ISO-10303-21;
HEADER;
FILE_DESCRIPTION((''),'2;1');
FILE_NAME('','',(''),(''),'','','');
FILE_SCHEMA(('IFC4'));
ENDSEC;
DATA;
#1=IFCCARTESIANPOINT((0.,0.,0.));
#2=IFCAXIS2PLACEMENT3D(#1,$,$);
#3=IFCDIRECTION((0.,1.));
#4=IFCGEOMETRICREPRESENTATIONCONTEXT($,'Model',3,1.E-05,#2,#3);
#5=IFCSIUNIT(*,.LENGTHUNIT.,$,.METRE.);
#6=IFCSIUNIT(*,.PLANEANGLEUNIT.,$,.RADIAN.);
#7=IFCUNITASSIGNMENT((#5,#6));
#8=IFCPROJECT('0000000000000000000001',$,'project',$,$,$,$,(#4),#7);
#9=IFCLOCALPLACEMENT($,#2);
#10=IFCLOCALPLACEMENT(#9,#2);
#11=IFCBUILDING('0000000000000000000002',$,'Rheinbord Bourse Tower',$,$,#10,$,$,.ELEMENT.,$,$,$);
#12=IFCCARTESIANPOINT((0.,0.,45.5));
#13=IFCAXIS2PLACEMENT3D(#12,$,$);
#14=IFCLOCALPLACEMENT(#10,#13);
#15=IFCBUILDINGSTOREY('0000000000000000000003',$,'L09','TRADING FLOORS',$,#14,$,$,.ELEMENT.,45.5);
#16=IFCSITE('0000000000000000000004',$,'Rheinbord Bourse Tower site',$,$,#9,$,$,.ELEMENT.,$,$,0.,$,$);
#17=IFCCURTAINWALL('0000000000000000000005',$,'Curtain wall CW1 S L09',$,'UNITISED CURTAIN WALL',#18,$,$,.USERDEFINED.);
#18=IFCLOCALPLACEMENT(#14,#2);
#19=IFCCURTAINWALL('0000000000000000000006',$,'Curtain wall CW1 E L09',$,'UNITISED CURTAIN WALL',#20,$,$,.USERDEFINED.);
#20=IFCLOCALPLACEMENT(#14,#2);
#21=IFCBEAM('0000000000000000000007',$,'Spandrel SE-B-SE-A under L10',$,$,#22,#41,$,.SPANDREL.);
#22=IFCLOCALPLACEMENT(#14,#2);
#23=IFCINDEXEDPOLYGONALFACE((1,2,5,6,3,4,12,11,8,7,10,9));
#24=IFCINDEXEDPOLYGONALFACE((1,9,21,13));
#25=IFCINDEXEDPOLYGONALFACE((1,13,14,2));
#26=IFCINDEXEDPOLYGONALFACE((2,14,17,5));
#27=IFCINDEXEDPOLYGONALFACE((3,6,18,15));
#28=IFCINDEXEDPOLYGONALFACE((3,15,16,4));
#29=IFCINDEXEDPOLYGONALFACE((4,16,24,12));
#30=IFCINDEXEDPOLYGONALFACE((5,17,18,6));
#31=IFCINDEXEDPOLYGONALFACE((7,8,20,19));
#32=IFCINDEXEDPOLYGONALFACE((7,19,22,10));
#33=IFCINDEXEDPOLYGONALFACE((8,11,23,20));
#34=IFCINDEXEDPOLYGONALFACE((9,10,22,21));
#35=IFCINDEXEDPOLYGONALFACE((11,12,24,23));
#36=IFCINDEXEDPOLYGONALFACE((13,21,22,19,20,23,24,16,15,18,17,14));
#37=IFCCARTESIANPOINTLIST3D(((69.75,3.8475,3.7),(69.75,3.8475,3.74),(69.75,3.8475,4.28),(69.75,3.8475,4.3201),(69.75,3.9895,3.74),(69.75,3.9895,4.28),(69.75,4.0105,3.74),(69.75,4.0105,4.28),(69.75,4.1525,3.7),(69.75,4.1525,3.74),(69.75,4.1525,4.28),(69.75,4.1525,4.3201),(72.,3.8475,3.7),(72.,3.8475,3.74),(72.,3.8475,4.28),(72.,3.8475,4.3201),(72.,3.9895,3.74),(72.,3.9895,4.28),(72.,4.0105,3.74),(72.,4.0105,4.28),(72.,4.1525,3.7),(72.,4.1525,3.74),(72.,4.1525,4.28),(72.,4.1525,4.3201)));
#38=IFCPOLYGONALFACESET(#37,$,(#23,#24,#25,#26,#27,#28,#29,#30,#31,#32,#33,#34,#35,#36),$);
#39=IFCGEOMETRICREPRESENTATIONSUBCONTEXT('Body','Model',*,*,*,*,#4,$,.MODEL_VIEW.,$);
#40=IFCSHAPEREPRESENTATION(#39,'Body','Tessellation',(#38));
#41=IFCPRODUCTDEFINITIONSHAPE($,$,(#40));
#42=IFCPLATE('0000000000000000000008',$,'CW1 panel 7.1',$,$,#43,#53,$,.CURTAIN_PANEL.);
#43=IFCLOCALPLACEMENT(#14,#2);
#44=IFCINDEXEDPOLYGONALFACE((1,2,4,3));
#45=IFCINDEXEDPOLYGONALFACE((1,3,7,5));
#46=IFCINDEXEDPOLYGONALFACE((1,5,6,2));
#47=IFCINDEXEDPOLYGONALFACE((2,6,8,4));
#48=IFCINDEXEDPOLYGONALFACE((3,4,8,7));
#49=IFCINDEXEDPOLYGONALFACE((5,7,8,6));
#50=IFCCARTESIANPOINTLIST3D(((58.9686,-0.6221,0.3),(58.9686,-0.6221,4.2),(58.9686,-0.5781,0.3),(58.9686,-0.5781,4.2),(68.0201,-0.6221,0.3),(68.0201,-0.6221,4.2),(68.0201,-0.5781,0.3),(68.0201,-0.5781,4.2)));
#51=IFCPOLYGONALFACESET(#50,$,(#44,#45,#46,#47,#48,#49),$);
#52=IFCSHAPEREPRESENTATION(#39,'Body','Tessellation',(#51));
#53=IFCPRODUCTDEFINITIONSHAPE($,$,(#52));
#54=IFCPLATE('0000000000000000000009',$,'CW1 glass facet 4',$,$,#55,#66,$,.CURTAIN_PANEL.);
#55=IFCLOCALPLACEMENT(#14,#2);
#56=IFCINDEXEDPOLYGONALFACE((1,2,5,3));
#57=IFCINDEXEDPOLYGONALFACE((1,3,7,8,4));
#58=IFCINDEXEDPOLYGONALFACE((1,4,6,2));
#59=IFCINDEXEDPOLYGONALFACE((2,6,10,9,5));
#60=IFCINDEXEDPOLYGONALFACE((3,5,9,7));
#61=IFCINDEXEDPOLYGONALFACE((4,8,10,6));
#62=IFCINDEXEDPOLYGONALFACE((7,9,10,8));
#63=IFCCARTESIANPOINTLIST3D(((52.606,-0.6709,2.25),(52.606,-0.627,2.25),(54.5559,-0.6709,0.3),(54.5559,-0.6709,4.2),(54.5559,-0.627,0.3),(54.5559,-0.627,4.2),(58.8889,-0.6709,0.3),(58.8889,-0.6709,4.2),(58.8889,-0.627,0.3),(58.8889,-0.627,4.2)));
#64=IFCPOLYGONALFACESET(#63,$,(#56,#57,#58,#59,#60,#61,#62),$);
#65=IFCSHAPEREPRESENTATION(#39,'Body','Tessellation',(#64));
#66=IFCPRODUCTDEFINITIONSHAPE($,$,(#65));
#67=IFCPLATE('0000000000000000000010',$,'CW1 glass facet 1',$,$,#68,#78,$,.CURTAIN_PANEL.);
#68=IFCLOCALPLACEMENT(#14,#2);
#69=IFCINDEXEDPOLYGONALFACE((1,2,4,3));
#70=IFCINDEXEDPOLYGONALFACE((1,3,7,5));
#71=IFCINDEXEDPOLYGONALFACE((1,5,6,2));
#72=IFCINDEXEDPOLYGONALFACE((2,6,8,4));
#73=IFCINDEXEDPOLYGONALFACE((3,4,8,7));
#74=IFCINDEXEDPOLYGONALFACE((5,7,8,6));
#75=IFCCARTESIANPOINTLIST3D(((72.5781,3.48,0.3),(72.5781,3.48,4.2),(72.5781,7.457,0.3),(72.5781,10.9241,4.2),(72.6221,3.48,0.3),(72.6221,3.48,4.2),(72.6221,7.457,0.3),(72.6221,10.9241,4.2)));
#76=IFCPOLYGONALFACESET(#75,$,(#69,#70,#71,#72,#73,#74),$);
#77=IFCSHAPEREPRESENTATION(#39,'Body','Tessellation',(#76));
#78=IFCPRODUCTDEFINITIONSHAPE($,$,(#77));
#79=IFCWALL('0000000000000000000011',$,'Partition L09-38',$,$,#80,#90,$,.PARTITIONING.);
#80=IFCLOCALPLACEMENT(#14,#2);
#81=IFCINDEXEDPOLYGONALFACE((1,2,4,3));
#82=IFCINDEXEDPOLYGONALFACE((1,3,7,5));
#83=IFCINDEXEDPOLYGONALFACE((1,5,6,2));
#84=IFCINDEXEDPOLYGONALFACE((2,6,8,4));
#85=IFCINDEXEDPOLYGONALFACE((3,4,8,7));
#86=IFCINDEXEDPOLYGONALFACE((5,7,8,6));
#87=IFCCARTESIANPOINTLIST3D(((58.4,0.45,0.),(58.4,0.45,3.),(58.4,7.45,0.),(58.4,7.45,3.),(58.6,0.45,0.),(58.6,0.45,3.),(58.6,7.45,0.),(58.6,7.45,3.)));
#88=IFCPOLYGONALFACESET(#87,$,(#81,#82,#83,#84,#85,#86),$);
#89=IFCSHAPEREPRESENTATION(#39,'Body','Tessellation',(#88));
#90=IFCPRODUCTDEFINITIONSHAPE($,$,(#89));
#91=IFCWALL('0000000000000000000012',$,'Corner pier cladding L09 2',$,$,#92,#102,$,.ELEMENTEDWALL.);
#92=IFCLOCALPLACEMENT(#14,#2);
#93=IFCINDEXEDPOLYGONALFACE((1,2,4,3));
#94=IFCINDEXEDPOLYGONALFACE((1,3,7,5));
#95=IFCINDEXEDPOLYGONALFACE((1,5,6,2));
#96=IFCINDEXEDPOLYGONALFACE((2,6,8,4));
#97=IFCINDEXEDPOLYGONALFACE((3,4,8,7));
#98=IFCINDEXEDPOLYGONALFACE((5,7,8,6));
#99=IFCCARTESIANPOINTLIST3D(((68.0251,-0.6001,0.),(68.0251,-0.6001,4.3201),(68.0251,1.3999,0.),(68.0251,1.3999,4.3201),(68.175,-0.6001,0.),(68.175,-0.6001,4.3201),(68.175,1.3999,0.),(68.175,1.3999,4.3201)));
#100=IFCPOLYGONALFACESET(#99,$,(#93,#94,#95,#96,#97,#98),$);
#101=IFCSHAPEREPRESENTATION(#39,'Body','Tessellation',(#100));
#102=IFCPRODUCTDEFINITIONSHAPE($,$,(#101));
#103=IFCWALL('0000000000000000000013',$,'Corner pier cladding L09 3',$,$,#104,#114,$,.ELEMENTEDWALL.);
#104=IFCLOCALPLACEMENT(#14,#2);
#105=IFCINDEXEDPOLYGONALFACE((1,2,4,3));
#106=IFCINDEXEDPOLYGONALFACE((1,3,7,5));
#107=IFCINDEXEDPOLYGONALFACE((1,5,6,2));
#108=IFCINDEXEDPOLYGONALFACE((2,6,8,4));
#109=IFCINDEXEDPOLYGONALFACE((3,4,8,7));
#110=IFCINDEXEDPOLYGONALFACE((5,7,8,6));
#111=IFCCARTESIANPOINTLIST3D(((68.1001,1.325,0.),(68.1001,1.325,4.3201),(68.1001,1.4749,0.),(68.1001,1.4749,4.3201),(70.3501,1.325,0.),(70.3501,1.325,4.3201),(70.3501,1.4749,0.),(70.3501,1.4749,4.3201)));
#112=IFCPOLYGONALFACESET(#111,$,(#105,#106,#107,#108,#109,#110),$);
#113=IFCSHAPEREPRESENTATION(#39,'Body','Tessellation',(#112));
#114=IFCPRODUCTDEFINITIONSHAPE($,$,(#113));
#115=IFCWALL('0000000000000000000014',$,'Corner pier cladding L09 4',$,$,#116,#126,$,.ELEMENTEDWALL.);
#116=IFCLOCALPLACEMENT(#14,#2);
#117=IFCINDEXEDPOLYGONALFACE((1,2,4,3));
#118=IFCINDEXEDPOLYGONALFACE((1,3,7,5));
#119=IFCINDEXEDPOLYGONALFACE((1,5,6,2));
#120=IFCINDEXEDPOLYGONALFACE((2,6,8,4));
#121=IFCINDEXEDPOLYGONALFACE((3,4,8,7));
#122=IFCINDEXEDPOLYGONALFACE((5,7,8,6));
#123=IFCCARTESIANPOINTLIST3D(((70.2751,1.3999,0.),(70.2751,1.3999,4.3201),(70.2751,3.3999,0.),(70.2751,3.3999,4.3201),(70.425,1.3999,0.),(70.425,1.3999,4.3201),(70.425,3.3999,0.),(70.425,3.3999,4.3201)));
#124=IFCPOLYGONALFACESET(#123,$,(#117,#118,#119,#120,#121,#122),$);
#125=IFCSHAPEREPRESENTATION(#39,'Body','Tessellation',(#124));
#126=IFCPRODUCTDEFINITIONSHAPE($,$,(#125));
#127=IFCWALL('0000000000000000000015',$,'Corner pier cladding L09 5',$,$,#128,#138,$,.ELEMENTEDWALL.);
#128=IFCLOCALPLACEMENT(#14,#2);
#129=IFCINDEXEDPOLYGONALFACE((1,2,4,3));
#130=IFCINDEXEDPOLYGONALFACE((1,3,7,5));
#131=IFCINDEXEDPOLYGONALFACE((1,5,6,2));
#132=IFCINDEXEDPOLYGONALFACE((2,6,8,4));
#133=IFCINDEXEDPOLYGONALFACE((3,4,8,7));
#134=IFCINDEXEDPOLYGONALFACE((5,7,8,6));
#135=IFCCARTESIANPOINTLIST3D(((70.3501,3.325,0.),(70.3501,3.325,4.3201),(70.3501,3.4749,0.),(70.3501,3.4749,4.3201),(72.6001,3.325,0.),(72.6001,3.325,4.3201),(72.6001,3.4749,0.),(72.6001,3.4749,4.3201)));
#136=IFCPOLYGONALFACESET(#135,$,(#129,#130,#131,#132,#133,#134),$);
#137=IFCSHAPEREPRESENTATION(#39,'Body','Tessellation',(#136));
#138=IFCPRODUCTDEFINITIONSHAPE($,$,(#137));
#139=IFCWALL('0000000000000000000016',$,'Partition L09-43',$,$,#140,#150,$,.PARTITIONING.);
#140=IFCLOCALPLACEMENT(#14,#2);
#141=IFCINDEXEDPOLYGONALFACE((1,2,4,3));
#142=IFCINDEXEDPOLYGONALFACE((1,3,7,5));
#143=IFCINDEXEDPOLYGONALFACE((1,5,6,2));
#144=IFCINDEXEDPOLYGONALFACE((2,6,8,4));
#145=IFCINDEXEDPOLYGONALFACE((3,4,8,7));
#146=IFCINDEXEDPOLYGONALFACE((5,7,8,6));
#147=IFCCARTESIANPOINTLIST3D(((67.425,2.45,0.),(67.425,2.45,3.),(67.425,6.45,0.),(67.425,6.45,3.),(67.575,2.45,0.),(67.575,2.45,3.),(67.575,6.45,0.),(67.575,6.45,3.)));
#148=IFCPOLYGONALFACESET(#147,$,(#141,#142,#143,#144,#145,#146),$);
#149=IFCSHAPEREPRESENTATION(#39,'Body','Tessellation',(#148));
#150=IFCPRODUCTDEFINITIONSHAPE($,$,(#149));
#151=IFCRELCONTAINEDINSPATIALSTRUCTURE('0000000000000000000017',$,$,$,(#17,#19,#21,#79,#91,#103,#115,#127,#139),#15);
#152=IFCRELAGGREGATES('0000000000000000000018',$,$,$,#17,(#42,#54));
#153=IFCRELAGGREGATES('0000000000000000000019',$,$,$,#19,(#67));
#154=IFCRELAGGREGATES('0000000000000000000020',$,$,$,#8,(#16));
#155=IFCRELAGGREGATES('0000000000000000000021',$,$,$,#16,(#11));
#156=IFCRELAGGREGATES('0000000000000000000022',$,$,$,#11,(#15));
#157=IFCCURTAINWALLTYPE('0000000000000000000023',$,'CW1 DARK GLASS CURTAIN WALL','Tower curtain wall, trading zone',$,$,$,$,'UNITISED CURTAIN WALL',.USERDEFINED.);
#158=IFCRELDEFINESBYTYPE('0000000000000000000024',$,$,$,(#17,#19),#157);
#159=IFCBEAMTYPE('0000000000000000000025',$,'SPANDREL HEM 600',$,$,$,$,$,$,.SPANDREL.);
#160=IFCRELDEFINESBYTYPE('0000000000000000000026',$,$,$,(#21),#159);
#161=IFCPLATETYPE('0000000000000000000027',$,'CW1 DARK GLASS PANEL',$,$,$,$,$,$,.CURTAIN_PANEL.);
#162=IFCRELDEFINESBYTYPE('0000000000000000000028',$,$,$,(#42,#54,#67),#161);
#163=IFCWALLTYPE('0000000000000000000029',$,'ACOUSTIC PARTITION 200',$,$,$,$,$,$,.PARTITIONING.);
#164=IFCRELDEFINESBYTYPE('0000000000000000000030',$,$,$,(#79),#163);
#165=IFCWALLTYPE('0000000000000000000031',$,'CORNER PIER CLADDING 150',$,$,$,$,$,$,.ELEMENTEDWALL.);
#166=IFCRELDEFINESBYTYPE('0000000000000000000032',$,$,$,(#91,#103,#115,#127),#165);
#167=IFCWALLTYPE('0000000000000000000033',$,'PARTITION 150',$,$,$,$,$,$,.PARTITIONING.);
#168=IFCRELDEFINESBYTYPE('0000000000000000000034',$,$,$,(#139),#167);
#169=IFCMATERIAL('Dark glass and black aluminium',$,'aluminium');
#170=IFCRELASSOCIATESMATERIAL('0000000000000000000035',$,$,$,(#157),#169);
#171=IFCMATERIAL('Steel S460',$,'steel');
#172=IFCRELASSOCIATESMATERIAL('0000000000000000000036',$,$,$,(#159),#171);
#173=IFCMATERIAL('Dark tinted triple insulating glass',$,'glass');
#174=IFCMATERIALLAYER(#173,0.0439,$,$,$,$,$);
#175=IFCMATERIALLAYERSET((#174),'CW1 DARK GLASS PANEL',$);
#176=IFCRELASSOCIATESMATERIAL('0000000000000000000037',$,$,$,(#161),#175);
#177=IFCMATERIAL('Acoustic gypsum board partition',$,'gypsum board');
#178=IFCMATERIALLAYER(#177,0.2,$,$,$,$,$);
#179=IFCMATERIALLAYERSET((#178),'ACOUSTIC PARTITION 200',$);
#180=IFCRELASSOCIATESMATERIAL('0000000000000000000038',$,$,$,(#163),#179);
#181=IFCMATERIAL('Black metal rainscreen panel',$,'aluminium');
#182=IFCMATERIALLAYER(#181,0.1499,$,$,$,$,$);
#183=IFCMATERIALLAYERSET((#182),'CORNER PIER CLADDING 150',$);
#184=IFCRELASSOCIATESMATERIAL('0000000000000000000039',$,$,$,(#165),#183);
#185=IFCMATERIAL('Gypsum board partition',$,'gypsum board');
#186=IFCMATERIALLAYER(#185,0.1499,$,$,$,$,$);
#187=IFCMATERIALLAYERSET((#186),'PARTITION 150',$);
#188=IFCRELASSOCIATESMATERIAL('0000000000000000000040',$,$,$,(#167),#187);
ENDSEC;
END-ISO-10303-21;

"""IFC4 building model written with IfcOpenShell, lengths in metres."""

from ifc_helpers import new_model, si_unit, direction, frame, frame_2d, origin, origin_2d, place, context, subcontext, project, spatial, polyline, rectangle, i_section, outline, extrude, material, layer, layer_set, material_profile, profile_set, type_object, element, aggregate, save


model = new_model("IFC4")

# Units and contexts
model_context = context("Model", 3, precision=1e-05, world=origin(), true_north=direction((0.0, 1.0)))
body_context = subcontext(model_context, "Body", "Model", "MODEL_VIEW")
ifc_project = project(units=[si_unit("LENGTHUNIT", "METRE"), si_unit("PLANEANGLEUNIT", "RADIAN")], contexts=[model_context])

# Site, building, storey
site_placement = place(None, origin())
site = spatial("IfcSite", under=ifc_project, at=site_placement, Name="Rheinbord Bourse Tower site", CompositionType="ELEMENT", RefElevation=0.0)
building_placement = place(site_placement, origin())
building = spatial("IfcBuilding", under=site, at=building_placement, Name="Rheinbord Bourse Tower", CompositionType="ELEMENT")
storey_placement = place(building_placement, frame((0.0, 0.0, 45.5)))
storey = spatial("IfcBuildingStorey", under=building, at=storey_placement, Name="L09", Description="TRADING FLOORS", CompositionType="ELEMENT", Elevation=45.5)

# Curtain wall
ifc_material_1 = material(Name="Dark glass and black aluminium", Category="aluminium")
curtain_wall_type = type_object("IfcCurtainWallType", Name="CW1 DARK GLASS CURTAIN WALL", Description="Tower curtain wall, trading zone", ElementType="UNITISED CURTAIN WALL", PredefinedType="USERDEFINED", material=ifc_material_1)
curtain_wall_1_placement = place(storey_placement, origin())
curtain_wall_1 = element("IfcCurtainWall", 1, at=curtain_wall_1_placement, inside=storey, type_object=curtain_wall_type, Name="Curtain wall CW1 S L09", ObjectType="UNITISED CURTAIN WALL", PredefinedType="USERDEFINED")

# Curtain wall
curtain_wall_2_placement = place(storey_placement, origin())
curtain_wall_2 = element("IfcCurtainWall", 2, at=curtain_wall_2_placement, inside=storey, type_object=curtain_wall_type, Name="Curtain wall CW1 E L09", ObjectType="UNITISED CURTAIN WALL", PredefinedType="USERDEFINED")

# Beam
ifc_material_2 = material(Name="Steel S460", Category="steel")
ifc_material_profile_1 = material_profile(ifc_material_2, i_section(OverallWidth=0.3049, OverallDepth=0.6201, WebThickness=0.021, FlangeThickness=0.04, at=origin_2d()), Name="HEM 600")
ifc_profile_set_1 = profile_set([ifc_material_profile_1], Name="Steel S460")
beam_type_1 = type_object("IfcBeamType", Name="SPANDREL HEM 600", PredefinedType="SPANDREL", material=ifc_profile_set_1)
beam_1_placement = place(storey_placement, frame((69.75, 4.0, 4.01), z_axis=(1.0, 0.0, 0.0), x_axis=(0.0, 1.0, 0.0)))
element("IfcBeam", 3, at=beam_1_placement, inside=storey, type_object=beam_type_1, Name="Spandrel SE-B-SE-A under L10", PredefinedType="SPANDREL", context=body_context, shape_type="SweptSolid", body=[
    extrude(i_section(OverallWidth=0.3049, OverallDepth=0.6201, WebThickness=0.021, FlangeThickness=0.04, at=origin_2d()), origin(), (0.0, 0.0, 1.0), 2.25),
])

# Plates
ifc_material_3 = material(Name="Dark tinted triple insulating glass", Category="glass")
ifc_layer_1 = layer(ifc_material_3, 0.0439)
ifc_layer_set_1 = layer_set([ifc_layer_1], Name="CW1 DARK GLASS PANEL")
plate_type = type_object("IfcPlateType", Name="CW1 DARK GLASS PANEL", PredefinedType="CURTAIN_PANEL", material=ifc_layer_set_1)
plate_1_placement = place(storey_placement, frame((63.4944, -0.6001, 0.3), z_axis=(0.0, 0.0, 1.0), x_axis=(1.0, 0.0, 0.0)))
plate_1 = element("IfcPlate", 4, at=plate_1_placement, type_object=plate_type, Name="CW1 panel 7.1", PredefinedType="CURTAIN_PANEL", context=body_context, shape_type="SweptSolid", body=[
    extrude(rectangle(XDim=9.0515, YDim=0.0439, at=origin_2d()), origin(), (0.0, 0.0, 1.0), 3.8999),
])
plate_2_placement = place(storey_placement, frame((58.8889, -0.6709, 4.2), z_axis=(0.0, 1.0, 0.0), x_axis=(0.0, 0.0, -1.0)))
plate_2 = element("IfcPlate", 5, at=plate_2_placement, type_object=plate_type, Name="CW1 glass facet 4", PredefinedType="CURTAIN_PANEL", context=body_context, shape_type="SweptSolid", body=[
    extrude(outline(polyline([(0.0, 0.0), (3.8999, 0.0), (3.8999, 4.333), (1.95, 6.283), (0.0, 4.333), (0.0, 0.0)])), origin(), (0.0, 0.0, 1.0), 0.0439),
])
aggregate(curtain_wall_1, [plate_1, plate_2])
plate_3_placement = place(storey_placement, frame((72.6221, 3.48, 0.3), z_axis=(-1.0, 0.0, 0.0), x_axis=(0.0, 0.0, 1.0)))
plate_3 = element("IfcPlate", 6, at=plate_3_placement, type_object=plate_type, Name="CW1 glass facet 1", PredefinedType="CURTAIN_PANEL", context=body_context, shape_type="SweptSolid", body=[
    extrude(outline(polyline([(0.0, 0.0), (3.8999, 0.0), (3.8999, 7.4441), (0.0, 3.9771), (0.0, 0.0)])), origin(), (0.0, 0.0, 1.0), 0.0439),
])
aggregate(curtain_wall_2, [plate_3])

# Walls
ifc_material_4 = material(Name="Acoustic gypsum board partition", Category="gypsum board")
ifc_layer_2 = layer(ifc_material_4, 0.2)
ifc_layer_set_2 = layer_set([ifc_layer_2], Name="ACOUSTIC PARTITION 200")
wall_type_1 = type_object("IfcWallType", Name="ACOUSTIC PARTITION 200", PredefinedType="PARTITIONING", material=ifc_layer_set_2)
wall_1_placement = place(storey_placement, frame((58.5, 0.45, 0.0), z_axis=(0.0, 0.0, 1.0), x_axis=(0.0, 1.0, 0.0)))
element("IfcWall", 7, at=wall_1_placement, inside=storey, type_object=wall_type_1, Name="Partition L09-38", PredefinedType="PARTITIONING", context=body_context, shape_type="SweptSolid", body=[
    extrude(rectangle(XDim=7.0, YDim=0.2, at=frame_2d((3.5, 0.0))), origin(), (0.0, 0.0, 1.0), 3.0),
])
ifc_material_5 = material(Name="Black metal rainscreen panel", Category="aluminium")
ifc_layer_3 = layer(ifc_material_5, 0.1499)
ifc_layer_set_3 = layer_set([ifc_layer_3], Name="CORNER PIER CLADDING 150")
wall_type_2 = type_object("IfcWallType", Name="CORNER PIER CLADDING 150", PredefinedType="ELEMENTEDWALL", material=ifc_layer_set_3)
wall_2_placement = place(storey_placement, frame((68.1001, -0.6001, 0.0), z_axis=(0.0, 0.0, 1.0), x_axis=(0.0, 1.0, 0.0)))
element("IfcWall", 8, at=wall_2_placement, inside=storey, type_object=wall_type_2, Name="Corner pier cladding L09 2", PredefinedType="ELEMENTEDWALL", context=body_context, shape_type="SweptSolid", body=[
    extrude(rectangle(XDim=2.0, YDim=0.1499, at=frame_2d((1.0, 0.0))), origin(), (0.0, 0.0, 1.0), 4.3201),
])
wall_3_placement = place(storey_placement, frame((68.1001, 1.3999, 0.0), z_axis=(0.0, 0.0, 1.0), x_axis=(1.0, 0.0, 0.0)))
element("IfcWall", 9, at=wall_3_placement, inside=storey, type_object=wall_type_2, Name="Corner pier cladding L09 3", PredefinedType="ELEMENTEDWALL", context=body_context, shape_type="SweptSolid", body=[
    extrude(rectangle(XDim=2.25, YDim=0.1499, at=frame_2d((1.125, 0.0))), origin(), (0.0, 0.0, 1.0), 4.3201),
])
wall_4_placement = place(storey_placement, frame((70.3501, 1.3999, 0.0), z_axis=(0.0, 0.0, 1.0), x_axis=(0.0, 1.0, 0.0)))
element("IfcWall", 10, at=wall_4_placement, inside=storey, type_object=wall_type_2, Name="Corner pier cladding L09 4", PredefinedType="ELEMENTEDWALL", context=body_context, shape_type="SweptSolid", body=[
    extrude(rectangle(XDim=2.0, YDim=0.1499, at=frame_2d((1.0, 0.0))), origin(), (0.0, 0.0, 1.0), 4.3201),
])
wall_5_placement = place(storey_placement, frame((70.3501, 3.3999, 0.0), z_axis=(0.0, 0.0, 1.0), x_axis=(1.0, 0.0, 0.0)))
element("IfcWall", 11, at=wall_5_placement, inside=storey, type_object=wall_type_2, Name="Corner pier cladding L09 5", PredefinedType="ELEMENTEDWALL", context=body_context, shape_type="SweptSolid", body=[
    extrude(rectangle(XDim=2.25, YDim=0.1499, at=frame_2d((1.125, 0.0))), origin(), (0.0, 0.0, 1.0), 4.3201),
])
ifc_material_6 = material(Name="Gypsum board partition", Category="gypsum board")
ifc_layer_4 = layer(ifc_material_6, 0.1499)
ifc_layer_set_4 = layer_set([ifc_layer_4], Name="PARTITION 150")
wall_type_3 = type_object("IfcWallType", Name="PARTITION 150", PredefinedType="PARTITIONING", material=ifc_layer_set_4)
wall_6_placement = place(storey_placement, frame((67.5, 2.45, 0.0), z_axis=(0.0, 0.0, 1.0), x_axis=(0.0, 1.0, 0.0)))
element("IfcWall", 12, at=wall_6_placement, inside=storey, type_object=wall_type_3, Name="Partition L09-43", PredefinedType="PARTITIONING", context=body_context, shape_type="SweptSolid", body=[
    extrude(rectangle(XDim=4.0, YDim=0.1499, at=frame_2d((2.0, 0.0))), origin(), (0.0, 0.0, 1.0), 3.0),
])

save(model, "model.ifc")
